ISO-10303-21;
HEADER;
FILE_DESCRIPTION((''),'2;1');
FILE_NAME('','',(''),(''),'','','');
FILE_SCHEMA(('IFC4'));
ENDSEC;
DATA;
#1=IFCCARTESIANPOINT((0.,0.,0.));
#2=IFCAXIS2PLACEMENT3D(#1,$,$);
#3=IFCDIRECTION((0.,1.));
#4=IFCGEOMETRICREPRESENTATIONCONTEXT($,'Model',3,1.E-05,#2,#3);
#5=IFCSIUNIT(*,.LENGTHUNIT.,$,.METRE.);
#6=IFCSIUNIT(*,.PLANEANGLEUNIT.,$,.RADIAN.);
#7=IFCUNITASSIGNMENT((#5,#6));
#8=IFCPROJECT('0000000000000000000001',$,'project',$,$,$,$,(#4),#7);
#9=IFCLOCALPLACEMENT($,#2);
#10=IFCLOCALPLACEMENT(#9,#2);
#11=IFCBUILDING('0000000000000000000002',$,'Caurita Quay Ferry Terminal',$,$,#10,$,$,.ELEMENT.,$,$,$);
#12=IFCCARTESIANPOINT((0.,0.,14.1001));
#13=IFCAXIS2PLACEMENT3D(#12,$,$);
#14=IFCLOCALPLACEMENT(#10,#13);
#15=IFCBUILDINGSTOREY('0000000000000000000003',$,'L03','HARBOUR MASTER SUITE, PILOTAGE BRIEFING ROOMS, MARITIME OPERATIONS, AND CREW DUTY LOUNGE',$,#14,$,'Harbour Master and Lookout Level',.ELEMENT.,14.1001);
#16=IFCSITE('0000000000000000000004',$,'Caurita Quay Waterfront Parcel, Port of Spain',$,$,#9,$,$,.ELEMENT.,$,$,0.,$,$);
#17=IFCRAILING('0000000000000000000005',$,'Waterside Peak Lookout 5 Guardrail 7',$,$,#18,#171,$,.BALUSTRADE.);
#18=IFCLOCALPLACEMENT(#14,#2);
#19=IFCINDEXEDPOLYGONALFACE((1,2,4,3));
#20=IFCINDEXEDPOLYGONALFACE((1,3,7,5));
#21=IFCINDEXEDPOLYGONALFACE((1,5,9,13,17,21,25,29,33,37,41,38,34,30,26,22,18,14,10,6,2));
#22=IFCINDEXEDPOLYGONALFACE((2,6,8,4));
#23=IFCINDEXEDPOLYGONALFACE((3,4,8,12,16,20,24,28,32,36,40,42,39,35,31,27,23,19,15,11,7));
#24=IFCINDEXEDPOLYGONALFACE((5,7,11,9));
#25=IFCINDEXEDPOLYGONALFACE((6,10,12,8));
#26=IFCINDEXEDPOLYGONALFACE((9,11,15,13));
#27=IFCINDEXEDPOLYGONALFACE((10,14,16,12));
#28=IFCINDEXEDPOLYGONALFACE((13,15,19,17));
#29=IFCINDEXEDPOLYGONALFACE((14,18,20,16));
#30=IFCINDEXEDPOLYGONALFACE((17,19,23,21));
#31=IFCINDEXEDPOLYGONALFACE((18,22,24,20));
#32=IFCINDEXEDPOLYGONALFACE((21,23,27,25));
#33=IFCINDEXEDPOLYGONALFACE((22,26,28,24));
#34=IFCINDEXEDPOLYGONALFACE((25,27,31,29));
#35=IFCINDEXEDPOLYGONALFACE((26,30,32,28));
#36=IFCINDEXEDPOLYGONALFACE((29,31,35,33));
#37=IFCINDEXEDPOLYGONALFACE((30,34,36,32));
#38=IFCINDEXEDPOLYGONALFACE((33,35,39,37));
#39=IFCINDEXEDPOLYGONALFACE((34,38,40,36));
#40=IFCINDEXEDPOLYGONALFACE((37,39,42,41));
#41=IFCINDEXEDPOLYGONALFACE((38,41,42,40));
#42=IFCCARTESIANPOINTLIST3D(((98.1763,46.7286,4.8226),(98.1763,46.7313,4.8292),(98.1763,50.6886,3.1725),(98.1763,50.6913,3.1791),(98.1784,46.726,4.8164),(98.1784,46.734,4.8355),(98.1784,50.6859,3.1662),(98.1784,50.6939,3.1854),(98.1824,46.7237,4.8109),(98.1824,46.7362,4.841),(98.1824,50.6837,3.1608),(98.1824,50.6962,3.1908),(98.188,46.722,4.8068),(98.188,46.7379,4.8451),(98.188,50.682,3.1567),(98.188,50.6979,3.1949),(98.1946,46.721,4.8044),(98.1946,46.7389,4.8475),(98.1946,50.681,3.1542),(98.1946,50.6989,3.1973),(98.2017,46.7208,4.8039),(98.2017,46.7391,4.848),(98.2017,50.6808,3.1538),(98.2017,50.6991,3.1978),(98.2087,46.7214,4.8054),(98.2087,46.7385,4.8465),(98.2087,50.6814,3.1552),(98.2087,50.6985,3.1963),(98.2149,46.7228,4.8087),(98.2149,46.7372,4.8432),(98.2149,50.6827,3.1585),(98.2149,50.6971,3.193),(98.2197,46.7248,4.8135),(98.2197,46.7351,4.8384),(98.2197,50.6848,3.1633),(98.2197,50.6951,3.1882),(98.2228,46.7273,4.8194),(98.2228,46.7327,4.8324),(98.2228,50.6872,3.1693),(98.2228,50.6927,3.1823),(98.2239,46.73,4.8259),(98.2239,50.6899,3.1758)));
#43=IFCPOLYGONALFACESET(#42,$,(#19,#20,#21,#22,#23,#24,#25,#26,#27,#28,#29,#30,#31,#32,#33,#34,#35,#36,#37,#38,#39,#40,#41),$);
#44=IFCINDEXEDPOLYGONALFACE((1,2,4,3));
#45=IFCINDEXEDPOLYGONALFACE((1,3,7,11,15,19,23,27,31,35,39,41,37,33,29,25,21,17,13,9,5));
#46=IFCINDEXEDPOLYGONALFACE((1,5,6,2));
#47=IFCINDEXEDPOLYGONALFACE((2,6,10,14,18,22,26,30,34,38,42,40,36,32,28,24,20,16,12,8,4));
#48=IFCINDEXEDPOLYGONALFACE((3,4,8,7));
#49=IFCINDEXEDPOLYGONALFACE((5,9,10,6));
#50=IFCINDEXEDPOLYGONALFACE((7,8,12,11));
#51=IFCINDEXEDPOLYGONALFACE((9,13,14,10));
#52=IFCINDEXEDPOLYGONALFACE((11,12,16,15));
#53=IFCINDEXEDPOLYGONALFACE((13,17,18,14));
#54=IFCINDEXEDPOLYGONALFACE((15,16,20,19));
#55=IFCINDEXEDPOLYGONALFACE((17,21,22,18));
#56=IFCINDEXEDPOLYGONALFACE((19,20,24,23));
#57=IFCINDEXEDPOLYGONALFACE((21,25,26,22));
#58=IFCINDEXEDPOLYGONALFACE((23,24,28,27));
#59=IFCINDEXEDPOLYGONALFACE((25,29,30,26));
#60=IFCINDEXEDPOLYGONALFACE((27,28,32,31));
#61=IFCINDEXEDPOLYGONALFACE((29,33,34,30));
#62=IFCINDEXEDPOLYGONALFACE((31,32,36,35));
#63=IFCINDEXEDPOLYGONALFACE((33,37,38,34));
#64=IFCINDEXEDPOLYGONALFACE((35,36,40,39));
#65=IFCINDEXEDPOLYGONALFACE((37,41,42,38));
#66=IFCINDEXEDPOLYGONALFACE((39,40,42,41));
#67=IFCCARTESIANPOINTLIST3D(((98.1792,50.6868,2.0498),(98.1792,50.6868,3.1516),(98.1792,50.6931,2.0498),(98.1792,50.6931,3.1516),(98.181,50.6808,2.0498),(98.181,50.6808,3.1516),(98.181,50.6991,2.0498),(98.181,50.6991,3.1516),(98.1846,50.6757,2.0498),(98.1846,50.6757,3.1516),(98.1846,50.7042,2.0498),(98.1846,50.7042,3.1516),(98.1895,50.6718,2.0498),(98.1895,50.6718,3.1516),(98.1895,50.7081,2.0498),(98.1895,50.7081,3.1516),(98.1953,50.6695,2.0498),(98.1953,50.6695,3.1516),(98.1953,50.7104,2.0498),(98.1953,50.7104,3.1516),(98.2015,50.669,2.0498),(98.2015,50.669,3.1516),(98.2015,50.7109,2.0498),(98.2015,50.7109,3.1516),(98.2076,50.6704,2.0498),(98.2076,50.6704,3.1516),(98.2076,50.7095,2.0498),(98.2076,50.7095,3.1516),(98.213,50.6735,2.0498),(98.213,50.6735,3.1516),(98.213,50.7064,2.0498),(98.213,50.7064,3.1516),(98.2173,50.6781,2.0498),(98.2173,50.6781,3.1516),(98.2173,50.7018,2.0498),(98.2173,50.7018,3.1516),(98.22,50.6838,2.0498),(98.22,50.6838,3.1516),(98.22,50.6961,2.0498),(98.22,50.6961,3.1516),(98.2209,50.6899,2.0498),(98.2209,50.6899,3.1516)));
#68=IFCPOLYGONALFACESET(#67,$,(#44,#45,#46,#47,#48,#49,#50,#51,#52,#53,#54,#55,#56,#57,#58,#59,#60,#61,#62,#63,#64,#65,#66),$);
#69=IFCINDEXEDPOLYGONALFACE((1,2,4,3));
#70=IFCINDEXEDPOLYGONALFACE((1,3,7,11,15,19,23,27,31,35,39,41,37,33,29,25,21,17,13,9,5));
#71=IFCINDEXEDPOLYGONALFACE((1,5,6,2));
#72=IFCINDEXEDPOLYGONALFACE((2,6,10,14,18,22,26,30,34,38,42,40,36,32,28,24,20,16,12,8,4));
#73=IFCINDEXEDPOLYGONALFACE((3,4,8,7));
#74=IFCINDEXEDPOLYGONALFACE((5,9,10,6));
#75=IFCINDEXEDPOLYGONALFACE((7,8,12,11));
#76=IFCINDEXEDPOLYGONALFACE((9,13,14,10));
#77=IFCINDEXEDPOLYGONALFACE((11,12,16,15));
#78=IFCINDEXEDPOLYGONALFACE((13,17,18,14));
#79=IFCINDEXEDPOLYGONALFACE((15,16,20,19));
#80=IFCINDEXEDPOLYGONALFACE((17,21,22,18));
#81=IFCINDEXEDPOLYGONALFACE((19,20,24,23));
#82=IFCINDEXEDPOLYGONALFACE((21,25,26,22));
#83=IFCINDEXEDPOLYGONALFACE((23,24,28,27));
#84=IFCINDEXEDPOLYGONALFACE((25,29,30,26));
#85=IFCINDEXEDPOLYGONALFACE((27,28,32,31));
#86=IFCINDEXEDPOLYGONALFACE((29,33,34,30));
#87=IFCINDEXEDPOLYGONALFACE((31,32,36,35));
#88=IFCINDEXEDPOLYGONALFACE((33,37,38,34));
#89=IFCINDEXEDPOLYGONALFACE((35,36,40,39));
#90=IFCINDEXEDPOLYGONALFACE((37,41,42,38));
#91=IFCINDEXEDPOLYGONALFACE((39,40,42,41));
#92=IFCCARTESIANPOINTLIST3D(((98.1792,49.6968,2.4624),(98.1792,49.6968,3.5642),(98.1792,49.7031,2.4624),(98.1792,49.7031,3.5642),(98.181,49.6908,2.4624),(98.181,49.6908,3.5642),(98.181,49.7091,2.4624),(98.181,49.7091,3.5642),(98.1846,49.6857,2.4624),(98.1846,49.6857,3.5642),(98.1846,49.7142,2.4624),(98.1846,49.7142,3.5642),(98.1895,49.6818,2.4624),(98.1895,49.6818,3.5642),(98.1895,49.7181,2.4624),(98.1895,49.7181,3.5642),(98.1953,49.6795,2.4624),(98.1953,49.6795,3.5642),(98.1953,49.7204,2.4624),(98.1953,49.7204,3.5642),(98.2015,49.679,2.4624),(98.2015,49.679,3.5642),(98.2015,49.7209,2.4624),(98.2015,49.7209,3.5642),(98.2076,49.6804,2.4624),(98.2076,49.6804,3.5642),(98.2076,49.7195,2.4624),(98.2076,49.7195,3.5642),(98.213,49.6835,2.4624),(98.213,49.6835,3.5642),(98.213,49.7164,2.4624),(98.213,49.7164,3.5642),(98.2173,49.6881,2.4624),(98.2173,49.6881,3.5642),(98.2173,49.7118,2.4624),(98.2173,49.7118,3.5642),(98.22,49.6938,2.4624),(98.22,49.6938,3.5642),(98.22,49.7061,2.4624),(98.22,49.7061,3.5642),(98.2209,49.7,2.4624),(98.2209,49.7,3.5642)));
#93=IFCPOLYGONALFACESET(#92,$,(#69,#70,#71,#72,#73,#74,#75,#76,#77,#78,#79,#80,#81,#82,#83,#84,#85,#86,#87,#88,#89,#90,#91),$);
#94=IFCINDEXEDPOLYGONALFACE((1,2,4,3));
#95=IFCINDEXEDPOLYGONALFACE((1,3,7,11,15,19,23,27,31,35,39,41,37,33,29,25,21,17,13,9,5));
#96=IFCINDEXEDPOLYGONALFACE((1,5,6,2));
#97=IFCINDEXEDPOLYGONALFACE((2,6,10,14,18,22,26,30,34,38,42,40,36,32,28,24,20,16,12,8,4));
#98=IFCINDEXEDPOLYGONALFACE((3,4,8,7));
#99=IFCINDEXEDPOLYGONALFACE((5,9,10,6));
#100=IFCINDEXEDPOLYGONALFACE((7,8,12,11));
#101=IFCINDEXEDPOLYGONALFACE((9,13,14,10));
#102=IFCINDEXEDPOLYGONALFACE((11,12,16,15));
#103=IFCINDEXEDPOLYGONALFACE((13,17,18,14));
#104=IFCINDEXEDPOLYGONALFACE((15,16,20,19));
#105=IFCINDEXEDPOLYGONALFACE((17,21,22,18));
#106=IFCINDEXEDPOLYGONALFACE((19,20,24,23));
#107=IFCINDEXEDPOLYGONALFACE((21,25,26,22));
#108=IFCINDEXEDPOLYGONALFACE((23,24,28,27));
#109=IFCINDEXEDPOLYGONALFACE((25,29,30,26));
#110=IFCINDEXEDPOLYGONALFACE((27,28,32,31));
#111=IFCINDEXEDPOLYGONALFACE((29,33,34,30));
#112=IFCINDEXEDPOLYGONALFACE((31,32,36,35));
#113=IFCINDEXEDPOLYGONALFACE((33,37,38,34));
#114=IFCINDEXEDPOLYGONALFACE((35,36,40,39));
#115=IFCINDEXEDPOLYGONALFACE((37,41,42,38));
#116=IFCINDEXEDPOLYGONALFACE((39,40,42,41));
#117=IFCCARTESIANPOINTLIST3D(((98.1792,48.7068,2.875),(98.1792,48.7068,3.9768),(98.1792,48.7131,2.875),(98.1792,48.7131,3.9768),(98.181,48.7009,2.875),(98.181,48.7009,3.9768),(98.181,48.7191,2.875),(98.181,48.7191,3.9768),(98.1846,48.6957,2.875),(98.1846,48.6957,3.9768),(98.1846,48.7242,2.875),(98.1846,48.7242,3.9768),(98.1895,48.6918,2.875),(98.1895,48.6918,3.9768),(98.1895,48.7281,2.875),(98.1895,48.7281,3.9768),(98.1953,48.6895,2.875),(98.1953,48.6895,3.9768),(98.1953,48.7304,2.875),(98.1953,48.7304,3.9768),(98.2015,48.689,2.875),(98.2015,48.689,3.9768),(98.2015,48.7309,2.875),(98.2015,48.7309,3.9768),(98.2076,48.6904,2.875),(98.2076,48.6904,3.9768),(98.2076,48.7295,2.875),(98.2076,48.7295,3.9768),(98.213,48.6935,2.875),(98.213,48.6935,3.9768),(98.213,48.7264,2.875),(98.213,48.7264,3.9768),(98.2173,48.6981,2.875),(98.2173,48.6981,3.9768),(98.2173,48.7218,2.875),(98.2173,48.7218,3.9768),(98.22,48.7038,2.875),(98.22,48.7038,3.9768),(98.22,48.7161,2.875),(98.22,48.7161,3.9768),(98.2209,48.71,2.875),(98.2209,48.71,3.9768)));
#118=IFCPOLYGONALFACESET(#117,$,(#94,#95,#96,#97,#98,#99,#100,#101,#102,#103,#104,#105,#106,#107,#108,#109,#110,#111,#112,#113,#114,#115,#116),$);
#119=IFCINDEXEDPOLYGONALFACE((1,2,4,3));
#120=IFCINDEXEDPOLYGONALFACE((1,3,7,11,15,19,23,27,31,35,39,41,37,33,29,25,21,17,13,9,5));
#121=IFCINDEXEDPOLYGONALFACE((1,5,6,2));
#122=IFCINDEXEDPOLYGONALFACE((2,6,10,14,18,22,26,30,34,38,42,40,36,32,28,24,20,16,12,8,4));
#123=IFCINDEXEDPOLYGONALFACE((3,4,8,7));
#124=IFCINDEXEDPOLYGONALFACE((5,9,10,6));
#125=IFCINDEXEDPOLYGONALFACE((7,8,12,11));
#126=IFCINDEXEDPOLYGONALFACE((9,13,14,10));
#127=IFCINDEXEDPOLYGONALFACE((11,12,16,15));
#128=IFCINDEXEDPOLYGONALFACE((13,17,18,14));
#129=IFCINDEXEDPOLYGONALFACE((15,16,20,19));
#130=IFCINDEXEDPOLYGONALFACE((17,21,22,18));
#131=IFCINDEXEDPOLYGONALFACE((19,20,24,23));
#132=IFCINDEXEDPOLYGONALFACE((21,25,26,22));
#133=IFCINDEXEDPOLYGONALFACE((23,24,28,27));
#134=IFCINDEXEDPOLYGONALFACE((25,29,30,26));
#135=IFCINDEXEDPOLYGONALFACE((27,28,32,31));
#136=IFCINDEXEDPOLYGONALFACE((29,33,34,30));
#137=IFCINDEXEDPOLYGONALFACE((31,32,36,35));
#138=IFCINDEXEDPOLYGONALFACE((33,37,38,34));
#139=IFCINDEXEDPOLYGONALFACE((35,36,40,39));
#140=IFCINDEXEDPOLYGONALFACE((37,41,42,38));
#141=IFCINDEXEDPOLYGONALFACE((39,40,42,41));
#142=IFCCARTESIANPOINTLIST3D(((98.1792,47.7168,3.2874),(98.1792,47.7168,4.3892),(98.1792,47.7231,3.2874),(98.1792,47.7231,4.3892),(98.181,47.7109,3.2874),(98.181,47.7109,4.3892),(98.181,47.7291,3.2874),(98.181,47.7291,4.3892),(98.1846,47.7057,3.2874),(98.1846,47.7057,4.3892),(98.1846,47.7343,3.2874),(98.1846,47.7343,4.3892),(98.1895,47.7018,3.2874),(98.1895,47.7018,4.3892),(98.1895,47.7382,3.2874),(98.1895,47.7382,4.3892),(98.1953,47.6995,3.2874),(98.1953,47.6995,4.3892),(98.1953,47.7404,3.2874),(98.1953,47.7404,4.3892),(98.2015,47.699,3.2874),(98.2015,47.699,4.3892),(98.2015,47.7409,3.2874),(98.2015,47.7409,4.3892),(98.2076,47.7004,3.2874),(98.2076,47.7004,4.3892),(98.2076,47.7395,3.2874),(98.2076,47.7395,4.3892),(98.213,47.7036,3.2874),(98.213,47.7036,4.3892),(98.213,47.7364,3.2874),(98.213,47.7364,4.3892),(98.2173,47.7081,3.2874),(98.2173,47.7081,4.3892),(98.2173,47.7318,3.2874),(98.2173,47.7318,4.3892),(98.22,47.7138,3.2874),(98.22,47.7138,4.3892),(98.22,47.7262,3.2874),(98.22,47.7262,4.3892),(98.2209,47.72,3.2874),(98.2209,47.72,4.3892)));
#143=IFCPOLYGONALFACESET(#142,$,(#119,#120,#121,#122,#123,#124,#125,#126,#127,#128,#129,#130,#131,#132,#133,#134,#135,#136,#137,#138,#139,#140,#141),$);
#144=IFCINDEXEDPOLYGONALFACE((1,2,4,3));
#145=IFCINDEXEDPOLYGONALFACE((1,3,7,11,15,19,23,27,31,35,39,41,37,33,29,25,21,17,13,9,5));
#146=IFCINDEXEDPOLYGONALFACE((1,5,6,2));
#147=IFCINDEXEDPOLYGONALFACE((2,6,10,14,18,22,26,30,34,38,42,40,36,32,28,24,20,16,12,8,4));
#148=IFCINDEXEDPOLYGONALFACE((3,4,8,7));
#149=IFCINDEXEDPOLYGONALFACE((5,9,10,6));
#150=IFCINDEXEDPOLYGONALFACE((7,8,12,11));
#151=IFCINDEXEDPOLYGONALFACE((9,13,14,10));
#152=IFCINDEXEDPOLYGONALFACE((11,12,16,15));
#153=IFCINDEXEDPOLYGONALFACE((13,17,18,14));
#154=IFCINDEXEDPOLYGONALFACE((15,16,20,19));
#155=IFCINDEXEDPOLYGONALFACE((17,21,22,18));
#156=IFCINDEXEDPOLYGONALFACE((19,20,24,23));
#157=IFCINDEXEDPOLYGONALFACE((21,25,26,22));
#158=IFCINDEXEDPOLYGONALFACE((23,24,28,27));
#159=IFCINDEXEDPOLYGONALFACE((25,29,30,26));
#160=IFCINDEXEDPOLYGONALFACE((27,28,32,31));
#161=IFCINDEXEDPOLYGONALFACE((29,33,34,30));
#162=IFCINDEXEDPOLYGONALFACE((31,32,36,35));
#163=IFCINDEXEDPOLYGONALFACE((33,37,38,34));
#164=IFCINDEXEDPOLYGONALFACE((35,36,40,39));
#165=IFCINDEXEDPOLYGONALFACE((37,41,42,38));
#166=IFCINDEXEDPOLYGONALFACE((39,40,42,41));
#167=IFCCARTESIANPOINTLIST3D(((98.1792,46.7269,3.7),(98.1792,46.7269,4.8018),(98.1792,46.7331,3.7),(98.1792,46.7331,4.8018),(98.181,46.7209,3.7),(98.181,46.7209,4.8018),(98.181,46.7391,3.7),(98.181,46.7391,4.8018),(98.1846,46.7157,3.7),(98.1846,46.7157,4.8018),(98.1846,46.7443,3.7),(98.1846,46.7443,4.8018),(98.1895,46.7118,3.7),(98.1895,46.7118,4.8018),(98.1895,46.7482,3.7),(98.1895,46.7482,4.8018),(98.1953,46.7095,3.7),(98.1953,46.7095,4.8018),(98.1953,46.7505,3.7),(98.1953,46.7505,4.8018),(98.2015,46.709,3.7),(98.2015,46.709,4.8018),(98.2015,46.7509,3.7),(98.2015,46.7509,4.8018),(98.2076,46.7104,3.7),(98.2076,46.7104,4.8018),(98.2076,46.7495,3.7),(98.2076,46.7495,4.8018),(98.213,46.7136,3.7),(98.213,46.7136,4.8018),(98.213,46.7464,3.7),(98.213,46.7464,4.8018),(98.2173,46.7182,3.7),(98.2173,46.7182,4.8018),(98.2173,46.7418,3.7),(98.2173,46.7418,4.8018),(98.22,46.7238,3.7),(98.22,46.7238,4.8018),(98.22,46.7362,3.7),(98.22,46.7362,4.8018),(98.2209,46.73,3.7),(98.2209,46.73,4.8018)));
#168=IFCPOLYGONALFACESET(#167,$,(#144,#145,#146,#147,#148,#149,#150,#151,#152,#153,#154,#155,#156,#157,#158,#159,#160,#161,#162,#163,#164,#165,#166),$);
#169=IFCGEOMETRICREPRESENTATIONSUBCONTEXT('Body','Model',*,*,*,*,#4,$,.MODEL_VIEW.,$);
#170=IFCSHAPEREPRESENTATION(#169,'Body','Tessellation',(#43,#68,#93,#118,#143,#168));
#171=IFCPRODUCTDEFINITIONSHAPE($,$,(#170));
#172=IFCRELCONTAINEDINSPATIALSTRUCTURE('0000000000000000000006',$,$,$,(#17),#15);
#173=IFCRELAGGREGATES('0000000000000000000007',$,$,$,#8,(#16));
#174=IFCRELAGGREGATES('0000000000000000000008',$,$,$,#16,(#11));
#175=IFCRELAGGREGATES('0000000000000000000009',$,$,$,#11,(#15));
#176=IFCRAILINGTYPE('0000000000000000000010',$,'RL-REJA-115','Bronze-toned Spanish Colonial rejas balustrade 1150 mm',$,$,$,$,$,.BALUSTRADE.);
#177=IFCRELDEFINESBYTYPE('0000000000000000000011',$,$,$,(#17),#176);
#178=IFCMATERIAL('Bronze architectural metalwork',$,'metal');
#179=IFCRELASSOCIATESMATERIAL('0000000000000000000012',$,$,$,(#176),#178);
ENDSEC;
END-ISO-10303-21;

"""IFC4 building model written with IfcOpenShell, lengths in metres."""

from ifc_helpers import new_model, si_unit, direction, frame, origin, origin_2d, place, context, subcontext, project, spatial, circle, extrude, material, type_object, element, save


model = new_model("IFC4")

# Units and contexts
model_context = context("Model", 3, precision=1e-05, world=origin(), true_north=direction((0.0, 1.0)))
body_context = subcontext(model_context, "Body", "Model", "MODEL_VIEW")
ifc_project = project(units=[si_unit("LENGTHUNIT", "METRE"), si_unit("PLANEANGLEUNIT", "RADIAN")], contexts=[model_context])

# Site, building, storey
site_placement = place(None, origin())
site = spatial("IfcSite", under=ifc_project, at=site_placement, Name="Caurita Quay Waterfront Parcel, Port of Spain", CompositionType="ELEMENT", RefElevation=0.0)
building_placement = place(site_placement, origin())
building = spatial("IfcBuilding", under=site, at=building_placement, Name="Caurita Quay Ferry Terminal", CompositionType="ELEMENT")
storey_placement = place(building_placement, frame((0.0, 0.0, 14.1001)))
storey = spatial("IfcBuildingStorey", under=building, at=storey_placement, Name="L03", Description="HARBOUR MASTER SUITE, PILOTAGE BRIEFING ROOMS, MARITIME OPERATIONS, AND CREW DUTY LOUNGE", LongName="Harbour Master and Lookout Level", CompositionType="ELEMENT", Elevation=14.1001)

# Railing
ifc_material_1 = material(Name="Bronze architectural metalwork", Category="metal")
railing_type_1 = type_object("IfcRailingType", Name="RL-REJA-115", Description="Bronze-toned Spanish Colonial rejas balustrade 1150 mm", PredefinedType="BALUSTRADE", material=ifc_material_1)
railing_1_placement = place(storey_placement, frame((98.2, 50.6899, 2.0498)))
element("IfcRailing", 1, at=railing_1_placement, inside=storey, type_object=railing_type_1, Name="Waterside Peak Lookout 5 Guardrail 7", PredefinedType="BALUSTRADE", context=body_context, shape_type="SweptSolid", body=[
    extrude(circle(Radius=0.0239, at=origin_2d()), frame((0.0, 0.0, 1.126), z_axis=(0.0, -0.923063, 0.384648), x_axis=(1.0, 0.0, 0.0)), (0.0, 0.0, 1.0), 4.29),
    extrude(circle(Radius=0.021, at=origin_2d()), origin(), (0.0, 0.0, 1.0), 1.1018),
    extrude(circle(Radius=0.021, at=origin_2d()), frame((0.0, -0.99, 0.4126)), (0.0, 0.0, 1.0), 1.1018),
    extrude(circle(Radius=0.021, at=origin_2d()), frame((0.0, -1.98, 0.8252)), (0.0, 0.0, 1.0), 1.1018),
    extrude(circle(Radius=0.021, at=origin_2d()), frame((0.0, -2.97, 1.2375)), (0.0, 0.0, 1.0), 1.1018),
    extrude(circle(Radius=0.021, at=origin_2d()), frame((0.0, -3.96, 1.6501)), (0.0, 0.0, 1.0), 1.1018),
])

save(model, "model.ifc")
